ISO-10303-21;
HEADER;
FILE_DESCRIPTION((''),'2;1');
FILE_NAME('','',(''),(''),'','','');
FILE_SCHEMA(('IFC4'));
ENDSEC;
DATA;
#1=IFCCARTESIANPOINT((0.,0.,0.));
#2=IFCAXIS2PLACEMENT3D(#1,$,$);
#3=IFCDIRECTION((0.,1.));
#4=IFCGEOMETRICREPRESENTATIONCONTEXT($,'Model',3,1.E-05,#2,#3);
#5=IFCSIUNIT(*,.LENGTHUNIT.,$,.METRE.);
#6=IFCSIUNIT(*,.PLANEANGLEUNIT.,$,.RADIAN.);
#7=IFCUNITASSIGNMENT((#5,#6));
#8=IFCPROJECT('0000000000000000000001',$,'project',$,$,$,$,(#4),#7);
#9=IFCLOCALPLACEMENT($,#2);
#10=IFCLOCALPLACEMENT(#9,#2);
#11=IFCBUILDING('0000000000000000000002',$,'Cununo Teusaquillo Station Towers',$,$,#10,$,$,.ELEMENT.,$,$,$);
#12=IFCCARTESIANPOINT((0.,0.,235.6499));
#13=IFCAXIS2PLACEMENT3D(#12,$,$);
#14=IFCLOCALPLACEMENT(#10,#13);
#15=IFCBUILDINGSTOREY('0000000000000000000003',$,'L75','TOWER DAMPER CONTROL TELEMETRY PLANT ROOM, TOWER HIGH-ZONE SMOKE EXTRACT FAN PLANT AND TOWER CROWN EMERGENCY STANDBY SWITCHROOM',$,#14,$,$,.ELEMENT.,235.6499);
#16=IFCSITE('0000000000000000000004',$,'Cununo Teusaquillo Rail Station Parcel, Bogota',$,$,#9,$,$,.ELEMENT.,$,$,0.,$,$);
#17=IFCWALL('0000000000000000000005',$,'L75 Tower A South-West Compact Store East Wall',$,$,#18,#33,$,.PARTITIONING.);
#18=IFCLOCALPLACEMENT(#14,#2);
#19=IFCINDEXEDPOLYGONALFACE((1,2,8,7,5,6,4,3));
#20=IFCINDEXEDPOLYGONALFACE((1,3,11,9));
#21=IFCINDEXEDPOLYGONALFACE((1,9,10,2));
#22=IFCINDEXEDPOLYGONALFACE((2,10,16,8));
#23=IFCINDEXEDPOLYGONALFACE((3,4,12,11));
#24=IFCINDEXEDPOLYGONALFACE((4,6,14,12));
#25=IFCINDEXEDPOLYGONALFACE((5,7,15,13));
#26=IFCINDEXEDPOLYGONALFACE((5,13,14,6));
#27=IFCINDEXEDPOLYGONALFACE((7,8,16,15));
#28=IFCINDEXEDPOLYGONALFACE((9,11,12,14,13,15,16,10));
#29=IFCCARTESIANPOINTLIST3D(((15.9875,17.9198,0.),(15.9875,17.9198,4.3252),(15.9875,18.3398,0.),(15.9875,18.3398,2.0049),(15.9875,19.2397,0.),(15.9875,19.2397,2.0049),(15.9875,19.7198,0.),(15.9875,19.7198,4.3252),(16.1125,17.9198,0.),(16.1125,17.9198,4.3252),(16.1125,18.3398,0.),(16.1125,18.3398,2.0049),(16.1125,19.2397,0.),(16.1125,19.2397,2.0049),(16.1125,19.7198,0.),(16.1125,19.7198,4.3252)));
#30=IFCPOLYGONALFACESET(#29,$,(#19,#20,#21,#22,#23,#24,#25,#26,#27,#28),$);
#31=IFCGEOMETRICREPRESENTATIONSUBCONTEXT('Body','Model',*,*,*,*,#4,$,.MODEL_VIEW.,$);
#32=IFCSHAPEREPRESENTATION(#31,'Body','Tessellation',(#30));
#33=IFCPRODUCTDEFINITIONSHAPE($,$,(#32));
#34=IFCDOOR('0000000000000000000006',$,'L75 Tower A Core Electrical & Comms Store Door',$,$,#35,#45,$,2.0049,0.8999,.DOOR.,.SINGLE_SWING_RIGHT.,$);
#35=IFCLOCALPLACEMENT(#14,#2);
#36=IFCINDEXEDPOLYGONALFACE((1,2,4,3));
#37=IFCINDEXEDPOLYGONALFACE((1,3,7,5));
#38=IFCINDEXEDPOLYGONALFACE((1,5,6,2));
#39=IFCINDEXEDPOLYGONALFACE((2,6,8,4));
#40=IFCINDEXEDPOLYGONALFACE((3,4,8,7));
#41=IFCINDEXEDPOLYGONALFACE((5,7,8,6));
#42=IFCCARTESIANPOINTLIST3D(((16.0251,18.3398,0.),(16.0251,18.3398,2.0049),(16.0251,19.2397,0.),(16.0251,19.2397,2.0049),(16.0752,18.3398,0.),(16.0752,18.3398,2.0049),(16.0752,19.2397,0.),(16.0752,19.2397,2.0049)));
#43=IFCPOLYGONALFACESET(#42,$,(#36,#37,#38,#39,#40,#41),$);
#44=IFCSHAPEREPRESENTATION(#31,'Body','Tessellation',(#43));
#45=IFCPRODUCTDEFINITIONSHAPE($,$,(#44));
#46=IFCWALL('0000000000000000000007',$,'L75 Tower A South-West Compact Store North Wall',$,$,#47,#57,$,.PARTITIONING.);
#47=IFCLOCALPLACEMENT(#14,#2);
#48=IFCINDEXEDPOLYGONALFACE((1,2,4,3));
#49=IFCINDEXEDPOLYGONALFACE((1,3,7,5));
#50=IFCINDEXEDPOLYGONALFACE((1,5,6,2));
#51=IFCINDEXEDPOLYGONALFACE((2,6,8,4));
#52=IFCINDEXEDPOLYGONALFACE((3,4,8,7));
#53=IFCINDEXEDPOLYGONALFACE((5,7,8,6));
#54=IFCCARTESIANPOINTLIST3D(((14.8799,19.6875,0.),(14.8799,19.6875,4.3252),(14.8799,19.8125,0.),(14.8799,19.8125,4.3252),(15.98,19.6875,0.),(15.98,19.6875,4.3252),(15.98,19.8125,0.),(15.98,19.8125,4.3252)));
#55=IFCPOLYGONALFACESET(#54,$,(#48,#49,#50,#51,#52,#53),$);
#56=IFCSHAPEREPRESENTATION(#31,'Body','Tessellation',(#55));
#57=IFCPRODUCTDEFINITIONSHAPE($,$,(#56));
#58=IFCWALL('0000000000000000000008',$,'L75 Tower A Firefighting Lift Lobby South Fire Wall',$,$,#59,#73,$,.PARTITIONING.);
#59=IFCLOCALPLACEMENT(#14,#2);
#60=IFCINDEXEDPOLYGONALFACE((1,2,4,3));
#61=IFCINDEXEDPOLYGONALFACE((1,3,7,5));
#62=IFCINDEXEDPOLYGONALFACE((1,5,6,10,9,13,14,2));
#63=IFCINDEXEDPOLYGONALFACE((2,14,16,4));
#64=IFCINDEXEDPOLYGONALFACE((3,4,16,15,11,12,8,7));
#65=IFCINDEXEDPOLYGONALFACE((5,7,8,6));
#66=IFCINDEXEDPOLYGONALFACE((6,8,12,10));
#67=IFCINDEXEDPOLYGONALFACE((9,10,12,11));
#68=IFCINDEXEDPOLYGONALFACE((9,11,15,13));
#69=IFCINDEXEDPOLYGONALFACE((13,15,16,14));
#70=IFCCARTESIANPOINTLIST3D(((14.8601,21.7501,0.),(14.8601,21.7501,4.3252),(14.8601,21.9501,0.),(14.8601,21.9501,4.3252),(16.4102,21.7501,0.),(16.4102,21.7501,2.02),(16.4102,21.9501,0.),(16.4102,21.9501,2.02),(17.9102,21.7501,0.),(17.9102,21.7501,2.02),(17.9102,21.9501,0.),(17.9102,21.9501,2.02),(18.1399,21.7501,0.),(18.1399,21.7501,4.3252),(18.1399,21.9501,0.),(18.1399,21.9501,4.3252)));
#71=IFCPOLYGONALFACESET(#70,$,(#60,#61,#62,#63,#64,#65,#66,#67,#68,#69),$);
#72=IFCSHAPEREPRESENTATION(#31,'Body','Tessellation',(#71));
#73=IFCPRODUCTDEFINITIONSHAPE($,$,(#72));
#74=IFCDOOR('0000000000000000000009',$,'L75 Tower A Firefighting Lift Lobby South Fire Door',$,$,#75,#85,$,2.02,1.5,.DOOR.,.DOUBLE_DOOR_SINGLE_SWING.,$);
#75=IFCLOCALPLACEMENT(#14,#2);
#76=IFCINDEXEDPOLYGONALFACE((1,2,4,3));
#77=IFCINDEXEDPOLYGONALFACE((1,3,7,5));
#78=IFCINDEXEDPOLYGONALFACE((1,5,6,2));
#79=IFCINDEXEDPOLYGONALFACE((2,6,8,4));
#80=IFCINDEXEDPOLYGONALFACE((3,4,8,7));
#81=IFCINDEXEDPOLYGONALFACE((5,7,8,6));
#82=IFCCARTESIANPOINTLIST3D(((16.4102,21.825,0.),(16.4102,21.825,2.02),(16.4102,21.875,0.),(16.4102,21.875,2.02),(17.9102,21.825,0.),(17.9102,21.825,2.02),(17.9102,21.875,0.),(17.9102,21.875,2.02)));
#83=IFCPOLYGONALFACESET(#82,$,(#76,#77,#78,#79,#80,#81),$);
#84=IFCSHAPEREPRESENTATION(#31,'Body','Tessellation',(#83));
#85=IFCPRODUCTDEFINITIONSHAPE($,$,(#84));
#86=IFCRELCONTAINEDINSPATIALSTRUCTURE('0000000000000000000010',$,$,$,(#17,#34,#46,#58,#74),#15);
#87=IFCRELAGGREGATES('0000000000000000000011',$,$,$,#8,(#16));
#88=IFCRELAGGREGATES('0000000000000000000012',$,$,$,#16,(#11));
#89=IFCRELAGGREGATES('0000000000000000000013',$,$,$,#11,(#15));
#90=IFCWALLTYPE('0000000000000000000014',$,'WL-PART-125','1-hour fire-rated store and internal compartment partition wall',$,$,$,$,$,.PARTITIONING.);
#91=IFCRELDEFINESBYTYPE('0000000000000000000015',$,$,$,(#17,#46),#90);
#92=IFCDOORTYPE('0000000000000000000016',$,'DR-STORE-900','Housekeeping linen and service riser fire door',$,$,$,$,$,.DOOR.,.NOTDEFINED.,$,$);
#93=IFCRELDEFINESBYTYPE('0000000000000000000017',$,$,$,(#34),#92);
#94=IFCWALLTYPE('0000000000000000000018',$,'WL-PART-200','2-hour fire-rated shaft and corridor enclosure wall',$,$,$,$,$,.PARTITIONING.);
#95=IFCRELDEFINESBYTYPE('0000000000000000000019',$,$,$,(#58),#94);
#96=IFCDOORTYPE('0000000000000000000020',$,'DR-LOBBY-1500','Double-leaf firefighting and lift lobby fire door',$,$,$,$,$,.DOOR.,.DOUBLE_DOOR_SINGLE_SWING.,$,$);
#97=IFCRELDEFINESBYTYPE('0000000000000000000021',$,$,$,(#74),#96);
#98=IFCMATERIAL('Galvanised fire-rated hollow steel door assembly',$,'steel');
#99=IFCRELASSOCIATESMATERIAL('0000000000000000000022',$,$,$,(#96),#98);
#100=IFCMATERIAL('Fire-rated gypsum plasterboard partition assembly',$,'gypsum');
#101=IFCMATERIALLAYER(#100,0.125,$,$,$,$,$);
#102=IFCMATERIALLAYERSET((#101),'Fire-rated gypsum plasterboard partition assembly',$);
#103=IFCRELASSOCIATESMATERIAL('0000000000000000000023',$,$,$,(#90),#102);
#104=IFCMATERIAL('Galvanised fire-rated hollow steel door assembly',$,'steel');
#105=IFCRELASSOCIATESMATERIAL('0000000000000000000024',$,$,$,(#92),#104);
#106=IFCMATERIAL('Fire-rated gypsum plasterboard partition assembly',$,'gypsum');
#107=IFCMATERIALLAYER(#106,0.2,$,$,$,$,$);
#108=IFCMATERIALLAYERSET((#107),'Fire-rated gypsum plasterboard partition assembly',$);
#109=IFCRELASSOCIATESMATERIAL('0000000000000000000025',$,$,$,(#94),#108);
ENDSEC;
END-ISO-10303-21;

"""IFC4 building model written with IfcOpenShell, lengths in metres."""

from ifc_helpers import new_model, si_unit, direction, frame, frame_2d, origin, place, context, subcontext, project, spatial, rectangle, extrude, source, transform, mapped, material, layer, layer_set, type_object, element, fill, save


model = new_model("IFC4")

# Units and contexts
model_context = context("Model", 3, precision=1e-05, world=origin(), true_north=direction((0.0, 1.0)))
body_context = subcontext(model_context, "Body", "Model", "MODEL_VIEW")
ifc_project = project(units=[si_unit("LENGTHUNIT", "METRE"), si_unit("PLANEANGLEUNIT", "RADIAN")], contexts=[model_context])

# Site, building, storey
site_placement = place(None, origin())
site = spatial("IfcSite", under=ifc_project, at=site_placement, Name="Cununo Teusaquillo Rail Station Parcel, Bogota", CompositionType="ELEMENT", RefElevation=0.0)
building_placement = place(site_placement, origin())
building = spatial("IfcBuilding", under=site, at=building_placement, Name="Cununo Teusaquillo Station Towers", CompositionType="ELEMENT")
storey_placement = place(building_placement, frame((0.0, 0.0, 235.6499)))
storey = spatial("IfcBuildingStorey", under=building, at=storey_placement, Name="L75", Description="TOWER DAMPER CONTROL TELEMETRY PLANT ROOM, TOWER HIGH-ZONE SMOKE EXTRACT FAN PLANT AND TOWER CROWN EMERGENCY STANDBY SWITCHROOM", CompositionType="ELEMENT", Elevation=235.6499)

# Wall, opening, door
ifc_material_1 = material(Name="Galvanised fire-rated hollow steel door assembly", Category="steel")
door_type_1 = type_object("IfcDoorType", Name="DR-LOBBY-1500", Description="Double-leaf firefighting and lift lobby fire door", OperationType="DOUBLE_DOOR_SINGLE_SWING", PredefinedType="DOOR", material=ifc_material_1)
shared_shape_1 = source(origin(), body_context, "Body", "SweptSolid", [
    extrude(rectangle(XDim=1.5, YDim=2.02, at=frame_2d((0.75, 1.01))), frame((0.0, 0.0249, 0.0), z_axis=(0.0, -1.0, 0.0), x_axis=(1.0, 0.0, 0.0)), (0.0, 0.0, 1.0), 0.05),
])
ifc_material_2 = material(Name="Fire-rated gypsum plasterboard partition assembly", Category="gypsum")
ifc_layer_1 = layer(ifc_material_2, 0.125)
ifc_layer_set_1 = layer_set([ifc_layer_1], Name="Fire-rated gypsum plasterboard partition assembly")
wall_type_1 = type_object("IfcWallType", Name="WL-PART-125", Description="1-hour fire-rated store and internal compartment partition wall", PredefinedType="PARTITIONING", material=ifc_layer_set_1)
wall_1_placement = place(storey_placement, frame((16.05, 17.9199, 0.0), z_axis=(0.0, 0.0, 1.0), x_axis=(0.0, 1.0, 0.0)))
wall_1 = element("IfcWall", 1, at=wall_1_placement, inside=storey, type_object=wall_type_1, Name="L75 Tower A South-West Compact Store East Wall", PredefinedType="PARTITIONING", context=body_context, shape_type="SweptSolid", body=[
    extrude(rectangle(XDim=1.8, YDim=0.125, at=frame_2d((0.8999, 0.0))), origin(), (0.0, 0.0, 1.0), 4.3252),
])
shared_shape_2 = source(origin(), body_context, "Body", "SweptSolid", [
    extrude(rectangle(XDim=0.8999, YDim=2.0049, at=frame_2d((0.45, 1.0024))), frame((0.0, 0.0725, 0.0), z_axis=(0.0, -1.0, 0.0), x_axis=(1.0, 0.0, 0.0)), (0.0, 0.0, 1.0), 0.145),
])
opening_1_placement = place(wall_1_placement, frame((0.4199, 0.0, 0.0)))
opening_1 = element("IfcOpeningElement", 2, at=opening_1_placement, cuts=wall_1, PredefinedType="OPENING", context=body_context, shape_type="MappedRepresentation", body=[
    mapped(shared_shape_2, transform((0.0, 0.0, 0.0), x_axis=(1.0, 0.0, 0.0), y_axis=(0.0, 1.0, 0.0), z_axis=(0.0, 0.0, 1.0), scale=1.0)),
])
ifc_material_3 = material(Name="Galvanised fire-rated hollow steel door assembly", Category="steel")
door_type_2 = type_object("IfcDoorType", Name="DR-STORE-900", Description="Housekeeping linen and service riser fire door", OperationType="NOTDEFINED", PredefinedType="DOOR", material=ifc_material_3)
shared_shape_3 = source(origin(), body_context, "Body", "SweptSolid", [
    extrude(rectangle(XDim=0.8999, YDim=2.0049, at=frame_2d((0.45, 1.0024))), frame((0.0, 0.0249, 0.0), z_axis=(0.0, -1.0, 0.0), x_axis=(1.0, 0.0, 0.0)), (0.0, 0.0, 1.0), 0.05),
])
door_1_placement = place(opening_1_placement, origin())
door_1 = element("IfcDoor", 3, at=door_1_placement, inside=storey, type_object=door_type_2, Name="L75 Tower A Core Electrical & Comms Store Door", OperationType="SINGLE_SWING_RIGHT", OverallHeight=2.0049, OverallWidth=0.8999, PredefinedType="DOOR", context=body_context, shape_type="MappedRepresentation", body=[
    mapped(shared_shape_3, transform((0.0, 0.0, 0.0), x_axis=(1.0, 0.0, 0.0), y_axis=(0.0, 1.0, 0.0), z_axis=(0.0, 0.0, 1.0), scale=1.0)),
])
fill(opening_1, door_1)

# Wall
wall_2_placement = place(storey_placement, frame((14.8799, 19.75, 0.0), z_axis=(0.0, 0.0, 1.0), x_axis=(1.0, 0.0, 0.0)))
element("IfcWall", 4, at=wall_2_placement, inside=storey, type_object=wall_type_1, Name="L75 Tower A South-West Compact Store North Wall", PredefinedType="PARTITIONING", context=body_context, shape_type="SweptSolid", body=[
    extrude(rectangle(XDim=1.1001, YDim=0.125, at=frame_2d((0.55, 0.0))), origin(), (0.0, 0.0, 1.0), 4.3252),
])

# Wall, opening, door
ifc_material_4 = material(Name="Fire-rated gypsum plasterboard partition assembly", Category="gypsum")
ifc_layer_2 = layer(ifc_material_4, 0.2)
ifc_layer_set_2 = layer_set([ifc_layer_2], Name="Fire-rated gypsum plasterboard partition assembly")
wall_type_2 = type_object("IfcWallType", Name="WL-PART-200", Description="2-hour fire-rated shaft and corridor enclosure wall", PredefinedType="PARTITIONING", material=ifc_layer_set_2)
wall_3_placement = place(storey_placement, frame((14.8601, 21.8501, 0.0), z_axis=(0.0, 0.0, 1.0), x_axis=(1.0, 0.0, 0.0)))
wall_3 = element("IfcWall", 5, at=wall_3_placement, inside=storey, type_object=wall_type_2, Name="L75 Tower A Firefighting Lift Lobby South Fire Wall", PredefinedType="PARTITIONING", context=body_context, shape_type="SweptSolid", body=[
    extrude(rectangle(XDim=3.2798, YDim=0.2, at=frame_2d((1.6399, 0.0))), origin(), (0.0, 0.0, 1.0), 4.3252),
])
shared_shape_4 = source(origin(), body_context, "Body", "SweptSolid", [
    extrude(rectangle(XDim=1.5, YDim=2.02, at=frame_2d((0.75, 1.01))), frame((0.0, 0.1099, 0.0), z_axis=(0.0, -1.0, 0.0), x_axis=(1.0, 0.0, 0.0)), (0.0, 0.0, 1.0), 0.22),
])
opening_2_placement = place(wall_3_placement, frame((1.55, 0.0, 0.0)))
opening_2 = element("IfcOpeningElement", 6, at=opening_2_placement, cuts=wall_3, PredefinedType="OPENING", context=body_context, shape_type="MappedRepresentation", body=[
    mapped(shared_shape_4, transform((0.0, 0.0, 0.0), x_axis=(1.0, 0.0, 0.0), y_axis=(0.0, 1.0, 0.0), z_axis=(0.0, 0.0, 1.0), scale=1.0)),
])
door_2_placement = place(opening_2_placement, origin())
door_2 = element("IfcDoor", 7, at=door_2_placement, inside=storey, type_object=door_type_1, Name="L75 Tower A Firefighting Lift Lobby South Fire Door", OperationType="DOUBLE_DOOR_SINGLE_SWING", OverallHeight=2.02, OverallWidth=1.5, PredefinedType="DOOR", context=body_context, shape_type="MappedRepresentation", body=[
    mapped(shared_shape_1, transform((0.0, 0.0, 0.0), x_axis=(1.0, 0.0, 0.0), y_axis=(0.0, 1.0, 0.0), z_axis=(0.0, 0.0, 1.0), scale=1.0)),
])
fill(opening_2, door_2)

save(model, "model.ifc")
